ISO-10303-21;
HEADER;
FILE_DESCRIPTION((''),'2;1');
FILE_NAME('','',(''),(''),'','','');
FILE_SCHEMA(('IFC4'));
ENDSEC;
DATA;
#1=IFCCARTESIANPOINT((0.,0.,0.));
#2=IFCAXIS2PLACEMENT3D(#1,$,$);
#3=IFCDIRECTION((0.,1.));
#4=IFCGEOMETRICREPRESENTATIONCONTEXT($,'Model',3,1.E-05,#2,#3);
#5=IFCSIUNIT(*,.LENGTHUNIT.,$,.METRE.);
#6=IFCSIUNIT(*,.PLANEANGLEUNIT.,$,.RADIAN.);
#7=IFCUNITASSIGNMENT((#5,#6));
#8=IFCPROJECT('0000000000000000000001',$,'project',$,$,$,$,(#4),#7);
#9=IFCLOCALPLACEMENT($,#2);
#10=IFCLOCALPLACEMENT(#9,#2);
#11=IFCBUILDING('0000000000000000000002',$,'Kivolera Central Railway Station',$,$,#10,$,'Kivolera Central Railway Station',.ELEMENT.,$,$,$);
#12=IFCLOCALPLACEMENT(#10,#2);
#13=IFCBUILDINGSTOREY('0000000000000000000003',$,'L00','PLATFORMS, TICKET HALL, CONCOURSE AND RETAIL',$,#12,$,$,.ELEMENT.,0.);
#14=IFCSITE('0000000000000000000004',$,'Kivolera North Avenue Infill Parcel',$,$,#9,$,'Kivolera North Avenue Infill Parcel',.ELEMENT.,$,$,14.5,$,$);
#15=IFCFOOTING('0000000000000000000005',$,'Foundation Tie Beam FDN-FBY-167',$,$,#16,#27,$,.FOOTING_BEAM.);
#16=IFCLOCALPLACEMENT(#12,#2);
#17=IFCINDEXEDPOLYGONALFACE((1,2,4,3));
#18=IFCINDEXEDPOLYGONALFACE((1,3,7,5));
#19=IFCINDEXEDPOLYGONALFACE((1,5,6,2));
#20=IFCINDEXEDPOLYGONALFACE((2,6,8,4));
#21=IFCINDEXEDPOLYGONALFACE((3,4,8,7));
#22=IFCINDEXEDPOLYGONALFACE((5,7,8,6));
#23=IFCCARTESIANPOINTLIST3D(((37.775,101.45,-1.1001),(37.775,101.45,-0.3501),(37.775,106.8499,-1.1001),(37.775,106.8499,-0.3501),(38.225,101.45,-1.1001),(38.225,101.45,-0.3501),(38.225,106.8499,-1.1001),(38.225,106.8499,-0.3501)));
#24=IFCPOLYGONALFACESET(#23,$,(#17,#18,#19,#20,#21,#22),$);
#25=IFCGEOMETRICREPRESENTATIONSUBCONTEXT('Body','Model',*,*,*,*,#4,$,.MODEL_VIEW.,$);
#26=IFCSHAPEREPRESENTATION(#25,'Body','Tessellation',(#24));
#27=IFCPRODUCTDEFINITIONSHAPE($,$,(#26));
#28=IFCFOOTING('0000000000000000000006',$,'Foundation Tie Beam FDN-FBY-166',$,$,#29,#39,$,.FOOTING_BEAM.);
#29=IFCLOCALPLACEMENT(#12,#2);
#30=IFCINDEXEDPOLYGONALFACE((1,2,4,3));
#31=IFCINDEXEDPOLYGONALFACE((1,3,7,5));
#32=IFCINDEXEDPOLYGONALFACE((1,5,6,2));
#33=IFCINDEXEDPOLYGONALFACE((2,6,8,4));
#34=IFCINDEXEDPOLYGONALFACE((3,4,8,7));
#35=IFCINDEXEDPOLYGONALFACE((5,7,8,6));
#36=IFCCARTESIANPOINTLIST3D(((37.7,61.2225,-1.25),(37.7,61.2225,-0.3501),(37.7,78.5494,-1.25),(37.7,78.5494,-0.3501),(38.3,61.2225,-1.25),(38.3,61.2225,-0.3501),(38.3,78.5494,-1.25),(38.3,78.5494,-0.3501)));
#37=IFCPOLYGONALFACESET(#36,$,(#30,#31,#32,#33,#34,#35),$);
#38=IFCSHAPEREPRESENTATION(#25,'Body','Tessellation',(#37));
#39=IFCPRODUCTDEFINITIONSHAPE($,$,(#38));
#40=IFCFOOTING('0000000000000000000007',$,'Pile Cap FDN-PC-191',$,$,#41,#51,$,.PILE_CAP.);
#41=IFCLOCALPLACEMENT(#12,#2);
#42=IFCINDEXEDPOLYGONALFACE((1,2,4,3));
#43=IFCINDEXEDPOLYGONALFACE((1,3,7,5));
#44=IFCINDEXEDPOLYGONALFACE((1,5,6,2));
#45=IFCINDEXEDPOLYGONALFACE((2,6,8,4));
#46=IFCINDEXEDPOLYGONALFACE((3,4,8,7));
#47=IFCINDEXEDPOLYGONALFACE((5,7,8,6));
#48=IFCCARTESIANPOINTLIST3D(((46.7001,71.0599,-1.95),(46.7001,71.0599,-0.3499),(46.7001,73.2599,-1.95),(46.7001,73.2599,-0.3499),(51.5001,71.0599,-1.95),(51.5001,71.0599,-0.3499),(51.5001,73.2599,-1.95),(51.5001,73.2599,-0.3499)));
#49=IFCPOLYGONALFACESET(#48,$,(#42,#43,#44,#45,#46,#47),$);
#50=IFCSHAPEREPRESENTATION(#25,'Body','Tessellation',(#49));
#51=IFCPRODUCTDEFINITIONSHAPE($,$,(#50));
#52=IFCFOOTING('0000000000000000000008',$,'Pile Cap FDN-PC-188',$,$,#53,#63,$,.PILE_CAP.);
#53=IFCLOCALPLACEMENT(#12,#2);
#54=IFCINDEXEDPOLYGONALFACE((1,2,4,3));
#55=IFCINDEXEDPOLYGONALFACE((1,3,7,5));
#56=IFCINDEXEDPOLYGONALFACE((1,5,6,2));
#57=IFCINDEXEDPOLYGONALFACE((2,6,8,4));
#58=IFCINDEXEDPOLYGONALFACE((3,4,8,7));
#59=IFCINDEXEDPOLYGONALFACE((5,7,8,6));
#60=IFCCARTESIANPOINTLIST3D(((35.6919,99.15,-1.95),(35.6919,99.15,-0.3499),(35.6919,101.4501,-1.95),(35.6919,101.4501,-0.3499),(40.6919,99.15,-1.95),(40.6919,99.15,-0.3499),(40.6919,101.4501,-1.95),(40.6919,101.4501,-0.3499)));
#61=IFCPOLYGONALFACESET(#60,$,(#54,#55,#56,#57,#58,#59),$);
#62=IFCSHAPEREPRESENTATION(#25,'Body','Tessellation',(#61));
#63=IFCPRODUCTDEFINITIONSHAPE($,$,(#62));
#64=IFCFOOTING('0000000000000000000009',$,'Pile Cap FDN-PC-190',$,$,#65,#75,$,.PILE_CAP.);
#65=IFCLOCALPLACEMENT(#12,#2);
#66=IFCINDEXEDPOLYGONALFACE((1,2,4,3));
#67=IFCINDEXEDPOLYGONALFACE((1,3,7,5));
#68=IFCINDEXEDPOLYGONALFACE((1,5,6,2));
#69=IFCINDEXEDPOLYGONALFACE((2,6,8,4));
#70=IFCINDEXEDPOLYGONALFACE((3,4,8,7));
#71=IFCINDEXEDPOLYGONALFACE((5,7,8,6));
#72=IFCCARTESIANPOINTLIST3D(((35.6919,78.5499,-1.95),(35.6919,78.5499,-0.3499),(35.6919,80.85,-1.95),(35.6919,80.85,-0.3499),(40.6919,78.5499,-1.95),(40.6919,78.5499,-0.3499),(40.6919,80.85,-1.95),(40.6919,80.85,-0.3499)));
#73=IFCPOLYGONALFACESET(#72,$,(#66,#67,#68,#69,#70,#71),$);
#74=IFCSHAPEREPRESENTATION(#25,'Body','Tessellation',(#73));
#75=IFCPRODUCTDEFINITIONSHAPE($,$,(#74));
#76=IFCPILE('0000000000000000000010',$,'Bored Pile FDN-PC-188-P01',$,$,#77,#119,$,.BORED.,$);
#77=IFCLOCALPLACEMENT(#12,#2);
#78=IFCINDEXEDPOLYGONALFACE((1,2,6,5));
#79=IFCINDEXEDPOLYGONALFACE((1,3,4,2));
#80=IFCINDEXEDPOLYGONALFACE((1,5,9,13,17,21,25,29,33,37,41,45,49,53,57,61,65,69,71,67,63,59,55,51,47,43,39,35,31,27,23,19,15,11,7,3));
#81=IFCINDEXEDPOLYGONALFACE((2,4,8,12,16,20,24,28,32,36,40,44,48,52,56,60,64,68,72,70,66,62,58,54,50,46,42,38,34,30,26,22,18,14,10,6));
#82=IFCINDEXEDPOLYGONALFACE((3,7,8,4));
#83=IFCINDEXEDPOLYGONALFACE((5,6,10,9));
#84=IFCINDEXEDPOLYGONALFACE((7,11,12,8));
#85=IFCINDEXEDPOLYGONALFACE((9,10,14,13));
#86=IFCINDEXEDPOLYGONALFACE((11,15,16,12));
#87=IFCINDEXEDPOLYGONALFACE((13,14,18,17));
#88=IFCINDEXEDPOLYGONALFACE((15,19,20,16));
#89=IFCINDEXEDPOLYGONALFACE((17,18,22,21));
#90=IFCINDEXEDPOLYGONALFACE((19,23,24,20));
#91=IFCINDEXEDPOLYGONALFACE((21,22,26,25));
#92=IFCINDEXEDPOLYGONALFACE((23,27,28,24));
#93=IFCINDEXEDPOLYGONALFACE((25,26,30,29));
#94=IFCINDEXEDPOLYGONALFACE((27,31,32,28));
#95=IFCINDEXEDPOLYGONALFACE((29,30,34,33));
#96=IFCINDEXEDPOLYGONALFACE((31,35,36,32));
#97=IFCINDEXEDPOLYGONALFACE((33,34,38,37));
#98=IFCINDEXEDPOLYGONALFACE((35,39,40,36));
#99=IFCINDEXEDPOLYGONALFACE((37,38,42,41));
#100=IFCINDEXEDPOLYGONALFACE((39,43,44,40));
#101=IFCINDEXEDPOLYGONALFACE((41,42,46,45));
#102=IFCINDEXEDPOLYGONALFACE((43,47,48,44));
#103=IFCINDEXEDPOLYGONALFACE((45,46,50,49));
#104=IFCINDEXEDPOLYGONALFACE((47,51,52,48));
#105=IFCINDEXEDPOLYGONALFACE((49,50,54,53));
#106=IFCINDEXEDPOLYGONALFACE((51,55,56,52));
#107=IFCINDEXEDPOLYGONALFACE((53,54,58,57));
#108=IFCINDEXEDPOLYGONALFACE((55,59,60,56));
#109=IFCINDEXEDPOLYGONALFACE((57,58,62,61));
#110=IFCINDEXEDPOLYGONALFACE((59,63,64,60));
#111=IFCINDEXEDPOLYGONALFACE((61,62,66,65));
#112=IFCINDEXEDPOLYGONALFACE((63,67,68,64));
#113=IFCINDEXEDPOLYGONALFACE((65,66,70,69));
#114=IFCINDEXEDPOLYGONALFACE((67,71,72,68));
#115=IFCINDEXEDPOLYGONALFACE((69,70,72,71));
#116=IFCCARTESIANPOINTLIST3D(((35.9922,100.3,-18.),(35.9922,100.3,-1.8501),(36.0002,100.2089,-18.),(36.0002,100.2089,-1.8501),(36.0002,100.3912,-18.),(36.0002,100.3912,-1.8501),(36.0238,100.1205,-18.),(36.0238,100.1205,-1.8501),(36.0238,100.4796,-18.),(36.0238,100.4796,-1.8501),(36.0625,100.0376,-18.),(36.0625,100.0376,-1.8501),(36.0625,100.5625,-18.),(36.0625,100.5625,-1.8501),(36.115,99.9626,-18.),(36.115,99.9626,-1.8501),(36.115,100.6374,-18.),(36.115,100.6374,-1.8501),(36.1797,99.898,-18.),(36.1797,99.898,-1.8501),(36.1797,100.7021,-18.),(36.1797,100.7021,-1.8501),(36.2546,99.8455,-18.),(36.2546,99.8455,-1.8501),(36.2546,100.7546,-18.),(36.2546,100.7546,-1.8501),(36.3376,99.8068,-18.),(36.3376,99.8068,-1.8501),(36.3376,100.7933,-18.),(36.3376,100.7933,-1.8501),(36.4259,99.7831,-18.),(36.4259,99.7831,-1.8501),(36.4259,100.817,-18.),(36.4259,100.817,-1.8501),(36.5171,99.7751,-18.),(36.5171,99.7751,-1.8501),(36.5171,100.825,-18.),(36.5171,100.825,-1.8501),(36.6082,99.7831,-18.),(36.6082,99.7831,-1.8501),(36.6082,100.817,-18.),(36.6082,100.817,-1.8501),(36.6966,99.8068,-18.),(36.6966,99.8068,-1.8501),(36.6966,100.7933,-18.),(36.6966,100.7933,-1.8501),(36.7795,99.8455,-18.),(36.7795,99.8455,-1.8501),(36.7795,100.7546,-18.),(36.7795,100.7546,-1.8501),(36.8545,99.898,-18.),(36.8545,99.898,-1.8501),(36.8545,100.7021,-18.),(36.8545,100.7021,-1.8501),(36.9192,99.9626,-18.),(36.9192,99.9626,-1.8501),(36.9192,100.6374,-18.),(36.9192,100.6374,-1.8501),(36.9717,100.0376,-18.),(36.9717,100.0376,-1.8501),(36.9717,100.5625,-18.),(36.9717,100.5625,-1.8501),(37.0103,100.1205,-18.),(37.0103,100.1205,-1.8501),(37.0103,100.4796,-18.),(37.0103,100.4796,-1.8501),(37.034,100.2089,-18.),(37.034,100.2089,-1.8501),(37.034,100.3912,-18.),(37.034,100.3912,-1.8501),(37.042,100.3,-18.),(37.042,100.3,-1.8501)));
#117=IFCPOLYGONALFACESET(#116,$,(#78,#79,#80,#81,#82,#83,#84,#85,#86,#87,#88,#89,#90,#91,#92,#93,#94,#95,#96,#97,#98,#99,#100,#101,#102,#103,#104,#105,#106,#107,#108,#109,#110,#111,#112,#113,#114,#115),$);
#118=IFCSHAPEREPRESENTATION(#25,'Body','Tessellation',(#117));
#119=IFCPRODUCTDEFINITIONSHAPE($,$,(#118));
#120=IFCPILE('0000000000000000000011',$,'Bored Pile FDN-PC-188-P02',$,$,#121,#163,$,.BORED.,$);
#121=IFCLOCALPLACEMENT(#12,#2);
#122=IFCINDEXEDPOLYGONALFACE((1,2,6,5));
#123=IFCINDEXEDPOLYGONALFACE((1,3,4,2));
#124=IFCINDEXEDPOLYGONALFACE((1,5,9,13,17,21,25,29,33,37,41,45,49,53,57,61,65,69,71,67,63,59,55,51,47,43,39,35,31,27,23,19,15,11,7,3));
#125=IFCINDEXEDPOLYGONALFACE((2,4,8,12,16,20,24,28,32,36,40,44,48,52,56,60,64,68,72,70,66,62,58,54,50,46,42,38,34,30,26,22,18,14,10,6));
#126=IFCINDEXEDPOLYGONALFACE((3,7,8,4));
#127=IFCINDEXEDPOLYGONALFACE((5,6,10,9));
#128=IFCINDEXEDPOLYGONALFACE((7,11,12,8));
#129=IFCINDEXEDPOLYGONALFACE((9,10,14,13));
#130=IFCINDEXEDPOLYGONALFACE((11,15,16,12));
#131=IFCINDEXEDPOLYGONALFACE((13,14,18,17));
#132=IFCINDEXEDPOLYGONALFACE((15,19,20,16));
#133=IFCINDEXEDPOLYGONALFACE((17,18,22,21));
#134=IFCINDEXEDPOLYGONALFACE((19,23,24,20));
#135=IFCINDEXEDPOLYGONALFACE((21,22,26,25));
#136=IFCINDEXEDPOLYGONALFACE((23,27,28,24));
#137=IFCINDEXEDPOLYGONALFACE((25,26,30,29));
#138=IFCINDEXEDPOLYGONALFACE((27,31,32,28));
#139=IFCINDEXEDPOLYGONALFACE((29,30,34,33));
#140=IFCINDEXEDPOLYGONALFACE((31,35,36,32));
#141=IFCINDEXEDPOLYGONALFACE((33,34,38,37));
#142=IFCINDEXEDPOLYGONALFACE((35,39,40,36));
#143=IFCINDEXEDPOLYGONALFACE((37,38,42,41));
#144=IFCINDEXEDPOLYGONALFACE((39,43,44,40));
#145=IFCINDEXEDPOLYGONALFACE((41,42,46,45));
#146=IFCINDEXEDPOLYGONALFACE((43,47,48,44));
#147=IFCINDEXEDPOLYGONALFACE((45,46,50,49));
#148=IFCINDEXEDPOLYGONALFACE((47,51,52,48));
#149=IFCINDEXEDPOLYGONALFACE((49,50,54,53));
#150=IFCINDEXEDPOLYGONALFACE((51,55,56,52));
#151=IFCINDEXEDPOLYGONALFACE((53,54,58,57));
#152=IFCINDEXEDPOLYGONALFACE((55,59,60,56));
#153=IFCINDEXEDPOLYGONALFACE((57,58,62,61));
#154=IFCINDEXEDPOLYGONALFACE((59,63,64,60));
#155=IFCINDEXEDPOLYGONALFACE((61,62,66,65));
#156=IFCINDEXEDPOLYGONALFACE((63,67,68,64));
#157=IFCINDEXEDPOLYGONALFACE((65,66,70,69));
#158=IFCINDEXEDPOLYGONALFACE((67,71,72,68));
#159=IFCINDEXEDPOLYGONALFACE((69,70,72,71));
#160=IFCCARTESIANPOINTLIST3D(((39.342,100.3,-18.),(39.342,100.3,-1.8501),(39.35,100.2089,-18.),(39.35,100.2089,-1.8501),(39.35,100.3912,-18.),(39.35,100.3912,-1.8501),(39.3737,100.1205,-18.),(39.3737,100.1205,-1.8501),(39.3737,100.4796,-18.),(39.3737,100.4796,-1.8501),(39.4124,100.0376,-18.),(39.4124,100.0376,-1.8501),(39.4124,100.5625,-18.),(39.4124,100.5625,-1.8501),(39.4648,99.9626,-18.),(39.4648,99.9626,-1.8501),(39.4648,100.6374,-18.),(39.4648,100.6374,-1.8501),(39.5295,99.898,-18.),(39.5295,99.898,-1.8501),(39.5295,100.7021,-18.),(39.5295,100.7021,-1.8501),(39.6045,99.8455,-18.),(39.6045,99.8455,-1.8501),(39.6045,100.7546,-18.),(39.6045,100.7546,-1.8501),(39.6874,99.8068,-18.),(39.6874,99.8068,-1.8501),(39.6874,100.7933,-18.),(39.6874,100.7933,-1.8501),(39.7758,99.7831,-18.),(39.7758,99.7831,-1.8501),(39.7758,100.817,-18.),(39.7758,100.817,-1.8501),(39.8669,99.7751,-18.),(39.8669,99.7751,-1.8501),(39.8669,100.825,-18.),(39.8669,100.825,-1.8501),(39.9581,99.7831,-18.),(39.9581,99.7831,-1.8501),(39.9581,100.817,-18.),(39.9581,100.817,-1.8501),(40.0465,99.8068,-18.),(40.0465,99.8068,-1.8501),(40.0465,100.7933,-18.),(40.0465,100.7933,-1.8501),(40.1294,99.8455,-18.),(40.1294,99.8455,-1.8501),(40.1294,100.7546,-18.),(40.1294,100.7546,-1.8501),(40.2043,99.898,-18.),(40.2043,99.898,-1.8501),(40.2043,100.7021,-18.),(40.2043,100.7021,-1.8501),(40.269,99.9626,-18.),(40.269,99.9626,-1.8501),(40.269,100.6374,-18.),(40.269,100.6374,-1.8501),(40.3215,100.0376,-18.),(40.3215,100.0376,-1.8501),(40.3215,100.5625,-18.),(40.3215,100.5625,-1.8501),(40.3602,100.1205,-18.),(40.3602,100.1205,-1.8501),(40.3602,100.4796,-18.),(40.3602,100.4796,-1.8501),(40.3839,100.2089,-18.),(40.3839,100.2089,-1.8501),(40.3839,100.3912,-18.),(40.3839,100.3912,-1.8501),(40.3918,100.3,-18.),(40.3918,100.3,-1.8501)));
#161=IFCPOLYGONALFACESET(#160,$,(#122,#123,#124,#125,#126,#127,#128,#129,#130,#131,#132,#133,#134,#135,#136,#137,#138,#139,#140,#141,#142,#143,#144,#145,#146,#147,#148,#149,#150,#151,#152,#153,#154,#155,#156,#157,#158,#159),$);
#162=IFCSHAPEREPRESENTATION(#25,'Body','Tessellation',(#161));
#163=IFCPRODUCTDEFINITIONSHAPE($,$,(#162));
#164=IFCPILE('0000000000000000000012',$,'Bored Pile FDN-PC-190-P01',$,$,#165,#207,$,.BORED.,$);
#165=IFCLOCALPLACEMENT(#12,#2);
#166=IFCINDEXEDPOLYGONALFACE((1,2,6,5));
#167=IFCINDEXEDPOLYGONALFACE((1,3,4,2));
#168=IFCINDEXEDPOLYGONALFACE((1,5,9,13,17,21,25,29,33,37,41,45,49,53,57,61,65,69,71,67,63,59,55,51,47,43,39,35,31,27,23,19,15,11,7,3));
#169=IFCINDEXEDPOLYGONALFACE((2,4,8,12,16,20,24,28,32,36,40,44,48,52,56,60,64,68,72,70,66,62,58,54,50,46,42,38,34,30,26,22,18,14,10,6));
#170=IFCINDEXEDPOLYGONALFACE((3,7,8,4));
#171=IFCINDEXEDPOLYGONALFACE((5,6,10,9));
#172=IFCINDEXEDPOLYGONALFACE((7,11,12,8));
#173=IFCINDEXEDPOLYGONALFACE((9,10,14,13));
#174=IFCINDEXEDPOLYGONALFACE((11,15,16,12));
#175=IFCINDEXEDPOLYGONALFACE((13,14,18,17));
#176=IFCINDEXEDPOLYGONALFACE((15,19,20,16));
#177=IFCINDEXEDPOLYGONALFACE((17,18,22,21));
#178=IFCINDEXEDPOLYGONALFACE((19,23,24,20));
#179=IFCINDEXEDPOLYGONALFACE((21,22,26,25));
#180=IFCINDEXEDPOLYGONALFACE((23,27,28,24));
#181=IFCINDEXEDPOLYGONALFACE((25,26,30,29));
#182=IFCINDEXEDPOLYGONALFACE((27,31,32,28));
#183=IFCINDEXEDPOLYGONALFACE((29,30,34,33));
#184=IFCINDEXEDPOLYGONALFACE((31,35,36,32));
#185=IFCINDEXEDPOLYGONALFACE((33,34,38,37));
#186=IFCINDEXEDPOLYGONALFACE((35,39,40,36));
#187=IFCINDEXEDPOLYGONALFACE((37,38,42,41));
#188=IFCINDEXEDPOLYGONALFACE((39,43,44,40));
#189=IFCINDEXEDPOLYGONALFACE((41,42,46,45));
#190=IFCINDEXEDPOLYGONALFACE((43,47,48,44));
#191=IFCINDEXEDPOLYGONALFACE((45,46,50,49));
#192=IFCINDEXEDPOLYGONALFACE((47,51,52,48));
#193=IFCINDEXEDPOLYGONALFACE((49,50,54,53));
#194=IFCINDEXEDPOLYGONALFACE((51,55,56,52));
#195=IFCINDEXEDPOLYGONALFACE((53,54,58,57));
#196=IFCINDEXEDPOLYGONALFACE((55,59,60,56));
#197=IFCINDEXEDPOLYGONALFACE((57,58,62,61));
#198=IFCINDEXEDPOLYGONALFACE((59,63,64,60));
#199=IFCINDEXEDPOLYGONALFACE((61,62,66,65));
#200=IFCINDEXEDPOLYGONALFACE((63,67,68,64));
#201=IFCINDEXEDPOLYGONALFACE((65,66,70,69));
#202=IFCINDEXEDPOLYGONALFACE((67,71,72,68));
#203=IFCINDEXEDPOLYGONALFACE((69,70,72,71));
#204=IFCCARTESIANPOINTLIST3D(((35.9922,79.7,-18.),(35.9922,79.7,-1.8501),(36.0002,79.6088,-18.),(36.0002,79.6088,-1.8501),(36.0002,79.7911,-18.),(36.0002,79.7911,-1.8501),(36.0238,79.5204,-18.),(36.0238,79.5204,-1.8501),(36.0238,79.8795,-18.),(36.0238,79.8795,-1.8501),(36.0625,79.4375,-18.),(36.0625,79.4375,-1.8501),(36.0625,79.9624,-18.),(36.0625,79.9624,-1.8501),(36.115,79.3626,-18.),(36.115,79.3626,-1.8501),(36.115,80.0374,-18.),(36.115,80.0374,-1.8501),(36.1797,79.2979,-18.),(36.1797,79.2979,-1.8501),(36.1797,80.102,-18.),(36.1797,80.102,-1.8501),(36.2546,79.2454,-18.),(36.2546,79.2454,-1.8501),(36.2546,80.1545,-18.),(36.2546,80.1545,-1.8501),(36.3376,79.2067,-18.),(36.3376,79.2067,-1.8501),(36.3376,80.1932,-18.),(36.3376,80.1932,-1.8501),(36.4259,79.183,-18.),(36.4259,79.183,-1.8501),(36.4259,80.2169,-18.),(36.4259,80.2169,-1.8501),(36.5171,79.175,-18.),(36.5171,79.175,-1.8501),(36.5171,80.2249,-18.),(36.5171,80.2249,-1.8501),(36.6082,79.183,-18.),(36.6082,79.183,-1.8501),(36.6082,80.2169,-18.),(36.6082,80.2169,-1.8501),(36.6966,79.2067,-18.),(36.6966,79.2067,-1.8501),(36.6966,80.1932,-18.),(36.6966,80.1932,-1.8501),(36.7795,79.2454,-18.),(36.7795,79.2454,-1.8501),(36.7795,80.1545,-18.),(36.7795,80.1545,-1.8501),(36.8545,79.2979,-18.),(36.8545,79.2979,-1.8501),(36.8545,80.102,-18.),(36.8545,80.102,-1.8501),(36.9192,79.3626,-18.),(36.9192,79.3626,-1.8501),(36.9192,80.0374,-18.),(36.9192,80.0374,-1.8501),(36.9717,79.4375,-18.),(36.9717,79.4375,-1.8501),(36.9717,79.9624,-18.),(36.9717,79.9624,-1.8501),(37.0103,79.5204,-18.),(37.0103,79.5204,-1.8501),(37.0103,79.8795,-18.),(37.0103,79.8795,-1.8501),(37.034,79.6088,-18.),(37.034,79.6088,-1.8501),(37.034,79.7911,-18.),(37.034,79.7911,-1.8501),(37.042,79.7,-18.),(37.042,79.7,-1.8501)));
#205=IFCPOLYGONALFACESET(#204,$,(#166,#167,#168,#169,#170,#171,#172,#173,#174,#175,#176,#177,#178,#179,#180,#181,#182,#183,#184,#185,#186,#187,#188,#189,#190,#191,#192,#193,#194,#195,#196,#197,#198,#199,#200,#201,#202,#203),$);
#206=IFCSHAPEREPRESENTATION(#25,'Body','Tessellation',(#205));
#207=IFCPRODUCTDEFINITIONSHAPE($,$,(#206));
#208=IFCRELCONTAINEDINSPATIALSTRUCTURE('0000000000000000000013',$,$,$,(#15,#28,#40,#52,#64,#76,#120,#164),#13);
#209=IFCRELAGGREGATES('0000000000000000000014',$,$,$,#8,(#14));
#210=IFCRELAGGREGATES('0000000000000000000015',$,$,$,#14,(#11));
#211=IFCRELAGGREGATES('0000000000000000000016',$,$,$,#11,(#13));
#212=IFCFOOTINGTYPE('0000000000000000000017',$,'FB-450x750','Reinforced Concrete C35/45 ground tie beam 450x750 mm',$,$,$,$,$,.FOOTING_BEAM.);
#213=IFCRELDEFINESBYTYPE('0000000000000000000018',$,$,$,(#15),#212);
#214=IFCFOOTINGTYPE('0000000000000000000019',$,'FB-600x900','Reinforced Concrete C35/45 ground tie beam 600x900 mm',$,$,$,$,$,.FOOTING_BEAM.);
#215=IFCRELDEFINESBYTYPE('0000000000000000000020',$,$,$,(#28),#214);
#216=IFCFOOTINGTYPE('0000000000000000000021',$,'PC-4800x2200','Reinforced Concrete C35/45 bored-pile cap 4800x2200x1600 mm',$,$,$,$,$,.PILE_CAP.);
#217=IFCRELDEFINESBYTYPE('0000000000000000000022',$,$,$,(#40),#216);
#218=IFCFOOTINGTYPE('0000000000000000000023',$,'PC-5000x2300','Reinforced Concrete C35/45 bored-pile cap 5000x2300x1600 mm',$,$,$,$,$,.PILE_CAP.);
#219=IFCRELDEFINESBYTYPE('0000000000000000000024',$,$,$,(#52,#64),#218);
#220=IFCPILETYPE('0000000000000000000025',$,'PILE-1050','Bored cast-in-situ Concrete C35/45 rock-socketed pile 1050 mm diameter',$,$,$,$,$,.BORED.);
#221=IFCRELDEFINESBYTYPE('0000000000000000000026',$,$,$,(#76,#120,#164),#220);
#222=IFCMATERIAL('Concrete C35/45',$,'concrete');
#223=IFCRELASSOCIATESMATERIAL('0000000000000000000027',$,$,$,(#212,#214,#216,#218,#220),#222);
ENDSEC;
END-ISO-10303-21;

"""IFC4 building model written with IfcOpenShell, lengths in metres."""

from ifc_helpers import new_model, si_unit, direction, frame, origin, origin_2d, place, context, subcontext, project, spatial, rectangle, circle, extrude, material, material_profile, profile_set, type_object, element, save


model = new_model("IFC4")

# Units and contexts
model_context = context("Model", 3, precision=1e-05, world=origin(), true_north=direction((0.0, 1.0)))
body_context = subcontext(model_context, "Body", "Model", "MODEL_VIEW")
ifc_project = project(units=[si_unit("LENGTHUNIT", "METRE"), si_unit("PLANEANGLEUNIT", "RADIAN")], contexts=[model_context])

# Site, building, storey
site_placement = place(None, origin())
site = spatial("IfcSite", under=ifc_project, at=site_placement, Name="Kivolera North Avenue Infill Parcel", LongName="Kivolera North Avenue Infill Parcel", CompositionType="ELEMENT", RefElevation=14.5)
building_placement = place(site_placement, origin())
building = spatial("IfcBuilding", under=site, at=building_placement, Name="Kivolera Central Railway Station", LongName="Kivolera Central Railway Station", CompositionType="ELEMENT")
storey_placement = place(building_placement, origin())
storey = spatial("IfcBuildingStorey", under=building, at=storey_placement, Name="L00", Description="PLATFORMS, TICKET HALL, CONCOURSE AND RETAIL", CompositionType="ELEMENT", Elevation=0.0)

# Footings
ifc_material_1 = material(Name="Concrete C35/45", Category="concrete")
footing_type_1 = type_object("IfcFootingType", Name="FB-450x750", Description="Reinforced Concrete C35/45 ground tie beam 450x750 mm", PredefinedType="FOOTING_BEAM", material=ifc_material_1)
footing_1_placement = place(storey_placement, frame((38.0, 104.1499, -1.1001), z_axis=(0.0, 0.0, 1.0), x_axis=(1.0, 0.0, 0.0)))
element("IfcFooting", 1, at=footing_1_placement, inside=storey, type_object=footing_type_1, Name="Foundation Tie Beam FDN-FBY-167", PredefinedType="FOOTING_BEAM", context=body_context, shape_type="SweptSolid", body=[
    extrude(rectangle(XDim=0.45, YDim=5.3999, at=origin_2d()), origin(), (0.0, 0.0, 1.0), 0.75),
])
footing_type_2 = type_object("IfcFootingType", Name="FB-600x900", Description="Reinforced Concrete C35/45 ground tie beam 600x900 mm", PredefinedType="FOOTING_BEAM", material=ifc_material_1)
footing_2_placement = place(storey_placement, frame((38.0, 69.886, -1.25), z_axis=(0.0, 0.0, 1.0), x_axis=(1.0, 0.0, 0.0)))
element("IfcFooting", 2, at=footing_2_placement, inside=storey, type_object=footing_type_2, Name="Foundation Tie Beam FDN-FBY-166", PredefinedType="FOOTING_BEAM", context=body_context, shape_type="SweptSolid", body=[
    extrude(rectangle(XDim=0.6001, YDim=17.3269, at=origin_2d()), origin(), (0.0, 0.0, 1.0), 0.8999),
])
footing_type_3 = type_object("IfcFootingType", Name="PC-4800x2200", Description="Reinforced Concrete C35/45 bored-pile cap 4800x2200x1600 mm", PredefinedType="PILE_CAP", material=ifc_material_1)
footing_3_placement = place(storey_placement, frame((49.1001, 72.1599, -1.95), z_axis=(0.0, 0.0, 1.0), x_axis=(1.0, 0.0, 0.0)))
element("IfcFooting", 3, at=footing_3_placement, inside=storey, type_object=footing_type_3, Name="Pile Cap FDN-PC-191", PredefinedType="PILE_CAP", context=body_context, shape_type="SweptSolid", body=[
    extrude(rectangle(XDim=4.8, YDim=2.2, at=origin_2d()), origin(), (0.0, 0.0, 1.0), 1.6001),
])
footing_type_4 = type_object("IfcFootingType", Name="PC-5000x2300", Description="Reinforced Concrete C35/45 bored-pile cap 5000x2300x1600 mm", PredefinedType="PILE_CAP", material=ifc_material_1)
for number, where, z_axis, x_axis, name in (
    (4, (38.1919, 100.3, -1.95), (0.0, 0.0, 1.0), (1.0, 0.0, 0.0), "Pile Cap FDN-PC-188"),
    (5, (38.1919, 79.7, -1.95), (0.0, 0.0, 1.0), (1.0, 0.0, 0.0), "Pile Cap FDN-PC-190"),
):
    element("IfcFooting", number, at=place(storey_placement, frame(where, z_axis=z_axis, x_axis=x_axis)), inside=storey, type_object=footing_type_4, Name=name, PredefinedType="PILE_CAP", context=body_context, shape_type="SweptSolid", body=[
        extrude(rectangle(XDim=5.0, YDim=2.3, at=origin_2d()), origin(), (0.0, 0.0, 1.0), 1.6001),
    ])

# Piles
ifc_material_profile_1 = material_profile(ifc_material_1, circle(Radius=0.5249, at=origin_2d()), Name="PILE D1050")
ifc_profile_set_1 = profile_set([ifc_material_profile_1], Name="Concrete C35/45")
pile_type = type_object("IfcPileType", Name="PILE-1050", Description="Bored cast-in-situ Concrete C35/45 rock-socketed pile 1050 mm diameter", PredefinedType="BORED", material=ifc_profile_set_1)
for number, where, z_axis, x_axis, name in (
    (6, (36.5171, 100.3, -1.8501), (0.0, 0.0, -1.0), (1.0, 0.0, 0.0), "Bored Pile FDN-PC-188-P01"),
    (7, (39.8669, 100.3, -1.8501), (0.0, 0.0, -1.0), (1.0, 0.0, 0.0), "Bored Pile FDN-PC-188-P02"),
    (8, (36.5171, 79.7, -1.8501), (0.0, 0.0, -1.0), (1.0, 0.0, 0.0), "Bored Pile FDN-PC-190-P01"),
):
    element("IfcPile", number, at=place(storey_placement, frame(where, z_axis=z_axis, x_axis=x_axis)), inside=storey, type_object=pile_type, Name=name, PredefinedType="BORED", context=body_context, shape_type="SweptSolid", body=[
        extrude(circle(Radius=0.5249, at=origin_2d()), origin(), (0.0, 0.0, 1.0), 16.1499),
    ])

save(model, "model.ifc")
